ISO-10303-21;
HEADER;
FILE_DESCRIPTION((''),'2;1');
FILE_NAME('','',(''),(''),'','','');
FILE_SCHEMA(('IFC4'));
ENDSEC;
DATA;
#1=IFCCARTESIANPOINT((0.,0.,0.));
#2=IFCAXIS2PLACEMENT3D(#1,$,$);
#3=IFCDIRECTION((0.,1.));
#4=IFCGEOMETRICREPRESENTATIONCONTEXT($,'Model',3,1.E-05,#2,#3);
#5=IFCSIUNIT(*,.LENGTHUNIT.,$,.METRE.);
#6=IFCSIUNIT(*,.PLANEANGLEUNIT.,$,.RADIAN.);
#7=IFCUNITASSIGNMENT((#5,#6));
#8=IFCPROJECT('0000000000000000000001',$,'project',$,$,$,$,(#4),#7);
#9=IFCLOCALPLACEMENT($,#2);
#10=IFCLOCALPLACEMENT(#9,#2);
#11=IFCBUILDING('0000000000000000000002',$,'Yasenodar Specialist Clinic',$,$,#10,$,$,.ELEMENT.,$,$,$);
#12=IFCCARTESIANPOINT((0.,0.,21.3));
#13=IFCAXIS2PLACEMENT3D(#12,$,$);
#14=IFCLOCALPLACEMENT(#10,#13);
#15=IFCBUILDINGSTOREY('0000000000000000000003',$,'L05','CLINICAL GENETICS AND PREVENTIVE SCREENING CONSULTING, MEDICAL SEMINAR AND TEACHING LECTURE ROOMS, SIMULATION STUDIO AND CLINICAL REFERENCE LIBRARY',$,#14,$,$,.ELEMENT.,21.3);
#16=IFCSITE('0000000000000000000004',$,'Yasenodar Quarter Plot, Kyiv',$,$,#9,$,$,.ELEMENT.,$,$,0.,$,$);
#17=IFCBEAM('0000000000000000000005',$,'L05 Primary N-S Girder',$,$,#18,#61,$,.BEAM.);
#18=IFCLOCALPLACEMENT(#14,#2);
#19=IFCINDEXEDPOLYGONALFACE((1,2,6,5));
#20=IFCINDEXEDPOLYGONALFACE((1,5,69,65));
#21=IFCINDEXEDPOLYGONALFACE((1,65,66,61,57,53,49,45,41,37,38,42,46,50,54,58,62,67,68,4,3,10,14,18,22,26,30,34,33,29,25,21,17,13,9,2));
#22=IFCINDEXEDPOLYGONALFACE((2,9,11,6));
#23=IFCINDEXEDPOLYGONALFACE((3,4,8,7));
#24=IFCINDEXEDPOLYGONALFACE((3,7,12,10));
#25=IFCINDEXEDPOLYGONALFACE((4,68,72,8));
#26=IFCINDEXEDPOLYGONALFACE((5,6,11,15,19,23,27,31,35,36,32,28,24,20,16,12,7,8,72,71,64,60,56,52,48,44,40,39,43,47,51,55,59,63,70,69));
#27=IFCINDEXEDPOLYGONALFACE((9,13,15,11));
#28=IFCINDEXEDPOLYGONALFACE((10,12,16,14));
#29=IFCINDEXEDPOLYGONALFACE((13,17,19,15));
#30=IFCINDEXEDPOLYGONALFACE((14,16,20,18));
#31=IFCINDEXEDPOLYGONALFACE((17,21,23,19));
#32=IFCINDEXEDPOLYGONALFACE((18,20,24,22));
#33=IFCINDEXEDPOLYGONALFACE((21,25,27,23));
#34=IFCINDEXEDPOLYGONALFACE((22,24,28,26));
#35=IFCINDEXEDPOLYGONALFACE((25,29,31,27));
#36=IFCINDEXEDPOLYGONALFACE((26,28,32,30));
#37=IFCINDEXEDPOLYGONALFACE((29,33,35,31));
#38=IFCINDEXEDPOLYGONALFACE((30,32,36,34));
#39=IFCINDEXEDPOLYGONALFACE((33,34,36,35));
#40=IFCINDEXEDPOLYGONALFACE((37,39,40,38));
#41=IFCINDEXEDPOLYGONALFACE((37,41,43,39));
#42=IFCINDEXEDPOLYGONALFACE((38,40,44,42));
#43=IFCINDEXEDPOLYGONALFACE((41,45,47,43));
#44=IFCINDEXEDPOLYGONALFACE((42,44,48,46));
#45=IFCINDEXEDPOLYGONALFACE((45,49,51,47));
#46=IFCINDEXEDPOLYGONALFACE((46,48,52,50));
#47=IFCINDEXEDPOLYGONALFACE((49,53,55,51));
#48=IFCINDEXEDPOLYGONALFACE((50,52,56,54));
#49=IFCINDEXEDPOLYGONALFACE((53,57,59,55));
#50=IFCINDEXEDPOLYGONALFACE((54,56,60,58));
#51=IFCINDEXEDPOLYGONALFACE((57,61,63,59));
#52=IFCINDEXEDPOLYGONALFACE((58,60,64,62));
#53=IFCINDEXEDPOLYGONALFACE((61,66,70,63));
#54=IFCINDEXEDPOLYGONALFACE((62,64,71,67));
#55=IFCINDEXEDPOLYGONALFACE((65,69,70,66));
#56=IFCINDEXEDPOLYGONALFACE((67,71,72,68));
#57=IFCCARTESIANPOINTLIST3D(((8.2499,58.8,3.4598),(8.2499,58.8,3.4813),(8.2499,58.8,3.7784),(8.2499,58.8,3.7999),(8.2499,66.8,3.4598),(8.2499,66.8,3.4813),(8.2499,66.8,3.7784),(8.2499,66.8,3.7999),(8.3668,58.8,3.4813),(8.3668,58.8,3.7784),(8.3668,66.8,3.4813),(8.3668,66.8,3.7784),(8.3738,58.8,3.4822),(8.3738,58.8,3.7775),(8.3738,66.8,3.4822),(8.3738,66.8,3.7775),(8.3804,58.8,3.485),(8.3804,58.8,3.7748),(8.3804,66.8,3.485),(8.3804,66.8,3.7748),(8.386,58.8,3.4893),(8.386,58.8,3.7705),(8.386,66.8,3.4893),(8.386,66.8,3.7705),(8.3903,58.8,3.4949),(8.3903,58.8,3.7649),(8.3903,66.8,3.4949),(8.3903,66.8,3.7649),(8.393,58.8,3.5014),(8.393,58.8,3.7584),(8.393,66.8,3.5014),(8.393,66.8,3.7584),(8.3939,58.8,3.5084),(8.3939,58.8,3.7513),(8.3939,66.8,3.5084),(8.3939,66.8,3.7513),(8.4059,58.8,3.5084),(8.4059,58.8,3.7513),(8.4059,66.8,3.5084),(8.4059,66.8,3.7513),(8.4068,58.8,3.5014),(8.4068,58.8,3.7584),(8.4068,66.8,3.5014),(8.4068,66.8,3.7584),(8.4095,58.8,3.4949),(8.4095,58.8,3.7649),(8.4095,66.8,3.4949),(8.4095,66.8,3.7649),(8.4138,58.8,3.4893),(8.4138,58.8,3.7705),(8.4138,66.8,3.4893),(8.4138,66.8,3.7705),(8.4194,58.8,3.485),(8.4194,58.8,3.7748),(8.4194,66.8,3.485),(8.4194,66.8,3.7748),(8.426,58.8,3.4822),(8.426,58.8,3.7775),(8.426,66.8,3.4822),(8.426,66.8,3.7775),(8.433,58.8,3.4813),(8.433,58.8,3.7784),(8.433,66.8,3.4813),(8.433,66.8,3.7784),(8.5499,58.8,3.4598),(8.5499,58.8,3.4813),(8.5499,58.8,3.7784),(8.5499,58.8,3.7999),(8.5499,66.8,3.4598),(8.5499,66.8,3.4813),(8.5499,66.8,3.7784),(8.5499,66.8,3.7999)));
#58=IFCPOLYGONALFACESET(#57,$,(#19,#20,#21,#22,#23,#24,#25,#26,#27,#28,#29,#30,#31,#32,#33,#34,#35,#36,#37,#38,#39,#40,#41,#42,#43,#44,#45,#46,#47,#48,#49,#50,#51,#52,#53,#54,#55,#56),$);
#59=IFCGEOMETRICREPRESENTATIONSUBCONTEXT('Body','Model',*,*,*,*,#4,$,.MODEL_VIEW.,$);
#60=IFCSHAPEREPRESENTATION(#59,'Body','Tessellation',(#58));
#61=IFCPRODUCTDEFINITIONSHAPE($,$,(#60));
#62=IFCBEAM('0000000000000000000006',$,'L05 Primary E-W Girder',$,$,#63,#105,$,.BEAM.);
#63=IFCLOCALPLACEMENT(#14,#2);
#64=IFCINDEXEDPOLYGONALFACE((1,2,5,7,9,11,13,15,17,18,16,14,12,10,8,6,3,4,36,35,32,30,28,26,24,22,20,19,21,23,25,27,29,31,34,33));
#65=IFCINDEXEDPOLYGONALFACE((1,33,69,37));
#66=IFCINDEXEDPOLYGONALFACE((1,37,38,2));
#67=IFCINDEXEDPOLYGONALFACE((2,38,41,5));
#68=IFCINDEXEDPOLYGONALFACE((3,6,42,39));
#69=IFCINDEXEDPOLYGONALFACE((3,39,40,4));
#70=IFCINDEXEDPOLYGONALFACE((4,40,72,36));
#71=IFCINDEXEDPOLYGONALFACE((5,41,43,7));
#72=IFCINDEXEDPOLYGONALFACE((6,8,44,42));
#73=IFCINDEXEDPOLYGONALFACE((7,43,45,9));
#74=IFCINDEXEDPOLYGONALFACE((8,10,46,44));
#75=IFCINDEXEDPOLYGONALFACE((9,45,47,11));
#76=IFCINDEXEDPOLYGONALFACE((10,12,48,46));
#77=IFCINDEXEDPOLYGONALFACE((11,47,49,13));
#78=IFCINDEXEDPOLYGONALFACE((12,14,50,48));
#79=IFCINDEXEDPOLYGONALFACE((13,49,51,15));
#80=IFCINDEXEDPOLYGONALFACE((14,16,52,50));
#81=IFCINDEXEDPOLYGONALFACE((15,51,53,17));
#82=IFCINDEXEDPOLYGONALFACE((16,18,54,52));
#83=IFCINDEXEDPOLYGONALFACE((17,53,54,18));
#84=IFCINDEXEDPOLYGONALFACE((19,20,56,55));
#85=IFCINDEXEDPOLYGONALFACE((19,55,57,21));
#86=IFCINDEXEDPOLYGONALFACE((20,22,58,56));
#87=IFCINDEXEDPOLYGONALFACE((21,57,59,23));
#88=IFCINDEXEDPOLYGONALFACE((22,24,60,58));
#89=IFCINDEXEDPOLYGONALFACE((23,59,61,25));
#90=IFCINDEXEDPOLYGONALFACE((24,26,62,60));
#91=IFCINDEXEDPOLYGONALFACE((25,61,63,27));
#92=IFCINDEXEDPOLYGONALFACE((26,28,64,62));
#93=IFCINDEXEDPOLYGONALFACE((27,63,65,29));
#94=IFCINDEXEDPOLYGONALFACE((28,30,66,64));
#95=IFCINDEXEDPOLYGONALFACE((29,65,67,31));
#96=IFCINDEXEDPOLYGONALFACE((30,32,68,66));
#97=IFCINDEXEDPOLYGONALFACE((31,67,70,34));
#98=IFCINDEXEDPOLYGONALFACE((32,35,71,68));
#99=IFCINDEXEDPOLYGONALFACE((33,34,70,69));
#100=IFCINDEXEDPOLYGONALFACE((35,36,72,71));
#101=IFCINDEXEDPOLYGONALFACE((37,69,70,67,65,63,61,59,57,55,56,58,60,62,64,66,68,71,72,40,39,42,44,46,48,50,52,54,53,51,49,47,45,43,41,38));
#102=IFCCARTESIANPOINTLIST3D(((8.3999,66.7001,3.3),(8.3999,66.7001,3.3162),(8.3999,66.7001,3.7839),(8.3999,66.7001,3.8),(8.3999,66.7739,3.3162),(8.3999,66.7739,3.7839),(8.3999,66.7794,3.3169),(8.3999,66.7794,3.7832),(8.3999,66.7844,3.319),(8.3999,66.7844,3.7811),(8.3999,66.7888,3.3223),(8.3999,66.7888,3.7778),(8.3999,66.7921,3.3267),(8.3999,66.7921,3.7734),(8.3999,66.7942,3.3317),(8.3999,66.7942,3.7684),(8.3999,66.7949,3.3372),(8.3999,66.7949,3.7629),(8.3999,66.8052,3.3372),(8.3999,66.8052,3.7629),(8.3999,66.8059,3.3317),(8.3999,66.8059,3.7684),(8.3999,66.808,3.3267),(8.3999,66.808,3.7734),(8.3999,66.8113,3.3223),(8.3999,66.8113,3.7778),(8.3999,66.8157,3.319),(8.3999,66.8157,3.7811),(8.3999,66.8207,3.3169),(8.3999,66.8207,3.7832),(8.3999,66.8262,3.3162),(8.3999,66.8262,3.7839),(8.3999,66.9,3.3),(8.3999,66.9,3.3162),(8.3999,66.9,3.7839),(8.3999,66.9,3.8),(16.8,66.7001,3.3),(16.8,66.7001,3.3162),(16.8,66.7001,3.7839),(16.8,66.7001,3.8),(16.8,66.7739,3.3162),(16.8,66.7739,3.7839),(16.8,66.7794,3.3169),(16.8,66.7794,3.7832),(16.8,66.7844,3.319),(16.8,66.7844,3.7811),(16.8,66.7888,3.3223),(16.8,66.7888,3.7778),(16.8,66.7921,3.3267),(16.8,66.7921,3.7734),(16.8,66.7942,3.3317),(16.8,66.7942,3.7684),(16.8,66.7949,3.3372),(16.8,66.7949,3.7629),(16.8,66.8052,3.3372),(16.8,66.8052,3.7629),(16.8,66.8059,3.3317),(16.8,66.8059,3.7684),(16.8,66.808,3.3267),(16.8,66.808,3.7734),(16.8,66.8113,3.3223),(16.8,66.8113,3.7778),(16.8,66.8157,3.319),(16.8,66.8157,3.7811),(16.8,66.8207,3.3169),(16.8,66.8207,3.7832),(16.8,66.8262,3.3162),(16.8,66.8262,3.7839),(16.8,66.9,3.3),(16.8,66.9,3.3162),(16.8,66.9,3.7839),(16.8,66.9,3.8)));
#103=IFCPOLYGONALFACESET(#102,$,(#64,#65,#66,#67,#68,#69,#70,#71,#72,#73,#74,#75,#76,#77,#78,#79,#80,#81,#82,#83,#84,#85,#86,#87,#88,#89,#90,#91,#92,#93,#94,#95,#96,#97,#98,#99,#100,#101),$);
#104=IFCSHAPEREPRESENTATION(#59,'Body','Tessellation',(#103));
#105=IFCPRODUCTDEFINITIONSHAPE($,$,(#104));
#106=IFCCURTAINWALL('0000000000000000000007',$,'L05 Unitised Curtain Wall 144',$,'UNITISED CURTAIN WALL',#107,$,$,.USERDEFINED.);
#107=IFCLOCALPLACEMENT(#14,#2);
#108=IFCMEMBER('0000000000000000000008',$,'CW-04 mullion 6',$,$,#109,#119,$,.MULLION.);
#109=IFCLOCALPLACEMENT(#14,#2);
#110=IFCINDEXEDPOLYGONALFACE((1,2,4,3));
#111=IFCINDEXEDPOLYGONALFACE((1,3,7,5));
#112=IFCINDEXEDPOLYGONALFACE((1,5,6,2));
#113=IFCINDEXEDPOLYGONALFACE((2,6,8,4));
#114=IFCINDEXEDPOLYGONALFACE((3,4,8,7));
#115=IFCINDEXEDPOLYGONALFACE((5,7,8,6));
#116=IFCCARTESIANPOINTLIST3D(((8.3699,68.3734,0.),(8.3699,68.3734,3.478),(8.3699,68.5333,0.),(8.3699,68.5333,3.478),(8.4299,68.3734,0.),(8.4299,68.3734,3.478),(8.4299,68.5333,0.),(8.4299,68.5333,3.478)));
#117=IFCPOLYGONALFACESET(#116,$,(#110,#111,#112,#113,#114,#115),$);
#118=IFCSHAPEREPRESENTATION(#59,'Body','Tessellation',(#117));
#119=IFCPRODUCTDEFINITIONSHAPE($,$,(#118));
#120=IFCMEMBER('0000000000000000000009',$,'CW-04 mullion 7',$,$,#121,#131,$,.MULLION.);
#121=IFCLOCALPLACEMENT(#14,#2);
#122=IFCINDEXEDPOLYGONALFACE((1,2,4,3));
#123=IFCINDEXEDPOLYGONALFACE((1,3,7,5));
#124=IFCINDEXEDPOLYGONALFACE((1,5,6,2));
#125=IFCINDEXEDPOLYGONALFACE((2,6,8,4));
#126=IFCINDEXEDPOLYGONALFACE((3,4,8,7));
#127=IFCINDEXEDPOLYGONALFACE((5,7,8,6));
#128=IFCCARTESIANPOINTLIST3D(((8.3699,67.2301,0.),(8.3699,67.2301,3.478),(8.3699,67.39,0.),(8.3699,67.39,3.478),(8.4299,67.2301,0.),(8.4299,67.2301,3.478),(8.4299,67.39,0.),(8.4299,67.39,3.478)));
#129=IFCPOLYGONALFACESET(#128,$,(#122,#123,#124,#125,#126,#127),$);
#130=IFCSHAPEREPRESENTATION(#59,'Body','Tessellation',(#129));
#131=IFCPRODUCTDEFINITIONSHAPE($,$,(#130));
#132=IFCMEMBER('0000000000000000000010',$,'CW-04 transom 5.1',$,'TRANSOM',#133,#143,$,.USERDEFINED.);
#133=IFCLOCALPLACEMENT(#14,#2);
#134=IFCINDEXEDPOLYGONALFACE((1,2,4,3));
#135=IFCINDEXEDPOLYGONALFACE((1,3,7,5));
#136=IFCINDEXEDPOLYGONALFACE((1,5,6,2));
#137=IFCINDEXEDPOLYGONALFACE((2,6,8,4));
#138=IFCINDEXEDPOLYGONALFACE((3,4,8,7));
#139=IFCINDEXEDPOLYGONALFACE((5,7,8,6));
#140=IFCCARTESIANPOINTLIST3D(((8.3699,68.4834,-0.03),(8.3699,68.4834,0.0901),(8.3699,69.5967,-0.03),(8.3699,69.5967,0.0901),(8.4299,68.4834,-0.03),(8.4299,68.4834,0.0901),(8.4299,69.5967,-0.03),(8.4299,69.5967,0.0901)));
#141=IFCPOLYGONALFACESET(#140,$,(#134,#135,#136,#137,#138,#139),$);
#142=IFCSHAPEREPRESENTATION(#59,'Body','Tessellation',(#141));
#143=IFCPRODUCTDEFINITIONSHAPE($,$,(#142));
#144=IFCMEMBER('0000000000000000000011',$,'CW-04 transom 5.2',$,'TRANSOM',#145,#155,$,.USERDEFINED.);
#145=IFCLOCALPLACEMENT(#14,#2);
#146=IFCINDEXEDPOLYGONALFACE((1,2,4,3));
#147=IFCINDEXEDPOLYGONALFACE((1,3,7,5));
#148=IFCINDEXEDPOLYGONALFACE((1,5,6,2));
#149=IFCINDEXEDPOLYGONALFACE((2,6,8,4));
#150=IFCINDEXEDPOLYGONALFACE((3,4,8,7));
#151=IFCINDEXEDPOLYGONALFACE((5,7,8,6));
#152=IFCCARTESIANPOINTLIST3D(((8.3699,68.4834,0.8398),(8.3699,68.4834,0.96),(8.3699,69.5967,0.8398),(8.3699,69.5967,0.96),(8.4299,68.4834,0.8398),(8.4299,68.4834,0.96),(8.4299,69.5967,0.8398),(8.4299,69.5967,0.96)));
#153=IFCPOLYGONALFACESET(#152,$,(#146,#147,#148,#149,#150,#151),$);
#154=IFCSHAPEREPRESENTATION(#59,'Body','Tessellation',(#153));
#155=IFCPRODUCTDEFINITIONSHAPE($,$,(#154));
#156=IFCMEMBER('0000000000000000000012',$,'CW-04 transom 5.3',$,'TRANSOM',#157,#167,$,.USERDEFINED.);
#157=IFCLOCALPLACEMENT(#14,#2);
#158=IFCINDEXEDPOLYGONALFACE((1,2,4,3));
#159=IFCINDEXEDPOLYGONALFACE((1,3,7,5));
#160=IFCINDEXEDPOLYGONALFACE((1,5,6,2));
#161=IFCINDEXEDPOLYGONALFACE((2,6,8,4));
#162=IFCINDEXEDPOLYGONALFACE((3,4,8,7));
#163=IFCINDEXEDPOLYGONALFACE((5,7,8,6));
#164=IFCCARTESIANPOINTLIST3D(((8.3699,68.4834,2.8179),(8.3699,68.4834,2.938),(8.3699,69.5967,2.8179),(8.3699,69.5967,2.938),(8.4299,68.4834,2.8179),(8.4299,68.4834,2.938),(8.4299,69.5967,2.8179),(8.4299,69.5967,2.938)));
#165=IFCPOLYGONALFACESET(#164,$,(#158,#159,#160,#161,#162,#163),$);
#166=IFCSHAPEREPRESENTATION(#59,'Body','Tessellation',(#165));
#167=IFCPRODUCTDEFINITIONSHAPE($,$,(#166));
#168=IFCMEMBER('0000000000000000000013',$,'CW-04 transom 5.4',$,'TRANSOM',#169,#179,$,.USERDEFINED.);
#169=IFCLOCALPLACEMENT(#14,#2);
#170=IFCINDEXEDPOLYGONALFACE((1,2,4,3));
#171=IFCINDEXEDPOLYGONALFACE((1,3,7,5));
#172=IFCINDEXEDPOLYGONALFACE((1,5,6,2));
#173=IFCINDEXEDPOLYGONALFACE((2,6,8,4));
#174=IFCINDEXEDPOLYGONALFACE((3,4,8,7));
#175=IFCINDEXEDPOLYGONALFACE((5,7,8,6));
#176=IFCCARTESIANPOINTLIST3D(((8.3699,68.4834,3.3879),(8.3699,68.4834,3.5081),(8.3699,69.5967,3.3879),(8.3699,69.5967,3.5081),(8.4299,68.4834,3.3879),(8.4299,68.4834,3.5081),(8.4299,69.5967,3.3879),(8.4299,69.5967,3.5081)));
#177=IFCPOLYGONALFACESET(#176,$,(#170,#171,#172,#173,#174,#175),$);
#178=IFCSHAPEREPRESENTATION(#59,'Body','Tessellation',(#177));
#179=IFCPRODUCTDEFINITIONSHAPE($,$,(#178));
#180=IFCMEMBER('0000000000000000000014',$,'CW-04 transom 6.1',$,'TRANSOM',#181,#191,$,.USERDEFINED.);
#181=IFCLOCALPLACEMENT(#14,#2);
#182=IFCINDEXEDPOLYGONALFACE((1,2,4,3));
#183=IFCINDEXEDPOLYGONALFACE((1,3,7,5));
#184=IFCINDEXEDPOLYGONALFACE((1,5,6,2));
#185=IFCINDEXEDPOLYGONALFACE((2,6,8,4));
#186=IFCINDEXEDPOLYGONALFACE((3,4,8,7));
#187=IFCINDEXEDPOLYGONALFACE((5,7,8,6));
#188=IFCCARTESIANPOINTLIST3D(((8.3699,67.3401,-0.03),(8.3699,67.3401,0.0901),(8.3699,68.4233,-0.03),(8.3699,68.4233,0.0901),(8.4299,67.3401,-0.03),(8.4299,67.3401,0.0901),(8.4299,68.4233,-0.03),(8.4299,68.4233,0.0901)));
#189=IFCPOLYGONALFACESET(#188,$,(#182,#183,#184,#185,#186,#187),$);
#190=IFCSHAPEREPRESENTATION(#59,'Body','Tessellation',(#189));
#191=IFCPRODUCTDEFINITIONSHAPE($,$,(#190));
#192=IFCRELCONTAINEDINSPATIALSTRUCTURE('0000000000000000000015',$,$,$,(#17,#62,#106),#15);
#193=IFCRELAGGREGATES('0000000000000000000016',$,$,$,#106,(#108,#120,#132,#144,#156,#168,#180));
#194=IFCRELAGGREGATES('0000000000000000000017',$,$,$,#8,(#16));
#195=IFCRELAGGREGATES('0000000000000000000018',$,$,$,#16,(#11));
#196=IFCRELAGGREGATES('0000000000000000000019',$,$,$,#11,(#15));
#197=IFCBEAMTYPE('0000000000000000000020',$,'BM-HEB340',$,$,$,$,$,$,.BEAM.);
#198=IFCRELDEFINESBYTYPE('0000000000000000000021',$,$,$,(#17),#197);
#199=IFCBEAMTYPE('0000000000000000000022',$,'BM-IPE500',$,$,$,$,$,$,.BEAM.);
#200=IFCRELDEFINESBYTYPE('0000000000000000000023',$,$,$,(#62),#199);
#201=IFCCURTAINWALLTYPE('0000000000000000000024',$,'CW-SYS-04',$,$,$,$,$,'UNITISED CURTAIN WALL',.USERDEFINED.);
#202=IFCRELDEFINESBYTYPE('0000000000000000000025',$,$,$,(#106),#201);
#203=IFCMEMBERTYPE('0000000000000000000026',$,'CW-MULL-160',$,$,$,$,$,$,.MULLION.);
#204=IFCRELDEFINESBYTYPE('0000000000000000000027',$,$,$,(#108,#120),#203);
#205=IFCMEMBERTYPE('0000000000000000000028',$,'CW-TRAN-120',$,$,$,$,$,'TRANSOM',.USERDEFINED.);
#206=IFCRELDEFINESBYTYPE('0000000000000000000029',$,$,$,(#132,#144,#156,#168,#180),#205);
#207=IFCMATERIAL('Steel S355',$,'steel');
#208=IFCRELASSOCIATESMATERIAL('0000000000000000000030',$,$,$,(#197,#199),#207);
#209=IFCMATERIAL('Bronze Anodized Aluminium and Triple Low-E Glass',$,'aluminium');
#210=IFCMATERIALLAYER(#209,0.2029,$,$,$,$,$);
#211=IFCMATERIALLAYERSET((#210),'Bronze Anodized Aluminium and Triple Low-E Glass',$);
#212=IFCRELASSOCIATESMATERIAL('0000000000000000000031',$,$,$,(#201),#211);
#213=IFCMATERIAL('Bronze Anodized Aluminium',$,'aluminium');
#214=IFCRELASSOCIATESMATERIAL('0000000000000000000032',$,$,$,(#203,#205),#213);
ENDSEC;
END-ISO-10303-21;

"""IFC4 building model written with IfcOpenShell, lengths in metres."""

from ifc_helpers import new_model, si_unit, direction, frame, origin, origin_2d, place, context, subcontext, project, spatial, rectangle, i_section, extrude, material, layer, layer_set, material_profile, profile_set, type_object, element, aggregate, save


model = new_model("IFC4")

# Units and contexts
model_context = context("Model", 3, precision=1e-05, world=origin(), true_north=direction((0.0, 1.0)))
body_context = subcontext(model_context, "Body", "Model", "MODEL_VIEW")
ifc_project = project(units=[si_unit("LENGTHUNIT", "METRE"), si_unit("PLANEANGLEUNIT", "RADIAN")], contexts=[model_context])

# Site, building, storey
site_placement = place(None, origin())
site = spatial("IfcSite", under=ifc_project, at=site_placement, Name="Yasenodar Quarter Plot, Kyiv", CompositionType="ELEMENT", RefElevation=0.0)
building_placement = place(site_placement, origin())
building = spatial("IfcBuilding", under=site, at=building_placement, Name="Yasenodar Specialist Clinic", CompositionType="ELEMENT")
storey_placement = place(building_placement, frame((0.0, 0.0, 21.3)))
storey = spatial("IfcBuildingStorey", under=building, at=storey_placement, Name="L05", Description="CLINICAL GENETICS AND PREVENTIVE SCREENING CONSULTING, MEDICAL SEMINAR AND TEACHING LECTURE ROOMS, SIMULATION STUDIO AND CLINICAL REFERENCE LIBRARY", CompositionType="ELEMENT", Elevation=21.3)

# Shared definitions
ifc_material_1 = material(Name="Steel S355", Category="steel")

# Beams
ifc_material_profile_1 = material_profile(ifc_material_1, i_section(OverallWidth=0.3, OverallDepth=0.3401, WebThickness=0.012, FlangeThickness=0.0215, FilletRadius=0.0271, at=origin_2d()), Name="HEB 340")
ifc_profile_set_1 = profile_set([ifc_material_profile_1], Name="Steel S355")
beam_type_1 = type_object("IfcBeamType", Name="BM-HEB340", PredefinedType="BEAM", material=ifc_profile_set_1)
beam_1_placement = place(storey_placement, frame((8.3999, 58.8, 3.6299), z_axis=(0.0, 1.0, 0.0), x_axis=(-1.0, 0.0, 0.0)))
element("IfcBeam", 1, at=beam_1_placement, inside=storey, type_object=beam_type_1, Name="L05 Primary N-S Girder", PredefinedType="BEAM", context=body_context, shape_type="SweptSolid", body=[
    extrude(i_section(OverallWidth=0.3, OverallDepth=0.3401, WebThickness=0.012, FlangeThickness=0.0215, FilletRadius=0.0271, at=origin_2d()), origin(), (0.0, 0.0, 1.0), 8.0),
])
ifc_material_profile_2 = material_profile(ifc_material_1, i_section(OverallWidth=0.2, OverallDepth=0.5, WebThickness=0.0103, FlangeThickness=0.0161, FilletRadius=0.021, at=origin_2d()), Name="IPE 500")
ifc_profile_set_2 = profile_set([ifc_material_profile_2], Name="Steel S355")
beam_type_2 = type_object("IfcBeamType", Name="BM-IPE500", PredefinedType="BEAM", material=ifc_profile_set_2)
beam_2_placement = place(storey_placement, frame((8.3999, 66.8, 3.55), z_axis=(1.0, 0.0, 0.0), x_axis=(0.0, 1.0, 0.0)))
element("IfcBeam", 2, at=beam_2_placement, inside=storey, type_object=beam_type_2, Name="L05 Primary E-W Girder", PredefinedType="BEAM", context=body_context, shape_type="SweptSolid", body=[
    extrude(i_section(OverallWidth=0.2, OverallDepth=0.5, WebThickness=0.0103, FlangeThickness=0.0161, FilletRadius=0.021, at=origin_2d()), origin(), (0.0, 0.0, 1.0), 8.4001),
])

# Curtain wall, members
ifc_material_2 = material(Name="Bronze Anodized Aluminium and Triple Low-E Glass", Category="aluminium")
ifc_layer_1 = layer(ifc_material_2, 0.2029)
ifc_layer_set_1 = layer_set([ifc_layer_1], Name="Bronze Anodized Aluminium and Triple Low-E Glass")
curtain_wall_type = type_object("IfcCurtainWallType", Name="CW-SYS-04", ElementType="UNITISED CURTAIN WALL", PredefinedType="USERDEFINED", material=ifc_layer_set_1)
curtain_wall_placement = place(storey_placement, origin())
curtain_wall = element("IfcCurtainWall", 3, at=curtain_wall_placement, inside=storey, type_object=curtain_wall_type, Name="L05 Unitised Curtain Wall 144", ObjectType="UNITISED CURTAIN WALL", PredefinedType="USERDEFINED")
ifc_material_3 = material(Name="Bronze Anodized Aluminium", Category="aluminium")
ifc_material_profile_3 = material_profile(ifc_material_3, rectangle(XDim=0.0601, YDim=0.1599, at=origin_2d()), Name="CW-MULL 60x160")
ifc_profile_set_3 = profile_set([ifc_material_profile_3], Name="Bronze Anodized Aluminium")
member_type_1 = type_object("IfcMemberType", Name="CW-MULL-160", PredefinedType="MULLION", material=ifc_profile_set_3)
member_1_placement = place(storey_placement, frame((8.3999, 68.4534, 0.0), z_axis=(0.0, 0.0, 1.0), x_axis=(1.0, 0.0, 0.0)))
member_1 = element("IfcMember", 4, at=member_1_placement, type_object=member_type_1, Name="CW-04 mullion 6", PredefinedType="MULLION", context=body_context, shape_type="SweptSolid", body=[
    extrude(rectangle(XDim=0.0601, YDim=0.1599, at=origin_2d()), origin(), (0.0, 0.0, 1.0), 3.478),
])
member_2_placement = place(storey_placement, frame((8.3999, 67.3101, 0.0), z_axis=(0.0, 0.0, 1.0), x_axis=(1.0, 0.0, 0.0)))
member_2 = element("IfcMember", 5, at=member_2_placement, type_object=member_type_1, Name="CW-04 mullion 7", PredefinedType="MULLION", context=body_context, shape_type="SweptSolid", body=[
    extrude(rectangle(XDim=0.0601, YDim=0.1599, at=origin_2d()), origin(), (0.0, 0.0, 1.0), 3.478),
])
ifc_material_profile_4 = material_profile(ifc_material_3, rectangle(XDim=0.0601, YDim=0.1201, at=origin_2d()), Name="CW-TRAN 60x120")
ifc_profile_set_4 = profile_set([ifc_material_profile_4], Name="Bronze Anodized Aluminium")
member_type_2 = type_object("IfcMemberType", Name="CW-TRAN-120", ElementType="TRANSOM", PredefinedType="USERDEFINED", material=ifc_profile_set_4)
member_3_placement = place(storey_placement, frame((8.3999, 69.5967, 0.03), z_axis=(0.0, -1.0, 0.0), x_axis=(1.0, 0.0, 0.0)))
member_3 = element("IfcMember", 6, at=member_3_placement, type_object=member_type_2, Name="CW-04 transom 5.1", ObjectType="TRANSOM", PredefinedType="USERDEFINED", context=body_context, shape_type="SweptSolid", body=[
    extrude(rectangle(XDim=0.0601, YDim=0.1201, at=origin_2d()), origin(), (0.0, 0.0, 1.0), 1.1133),
])
member_4_placement = place(storey_placement, frame((8.3999, 69.5967, 0.8999), z_axis=(0.0, -1.0, 0.0), x_axis=(1.0, 0.0, 0.0)))
member_4 = element("IfcMember", 7, at=member_4_placement, type_object=member_type_2, Name="CW-04 transom 5.2", ObjectType="TRANSOM", PredefinedType="USERDEFINED", context=body_context, shape_type="SweptSolid", body=[
    extrude(rectangle(XDim=0.0601, YDim=0.1201, at=origin_2d()), origin(), (0.0, 0.0, 1.0), 1.1133),
])
member_5_placement = place(storey_placement, frame((8.3999, 69.5967, 2.8779), z_axis=(0.0, -1.0, 0.0), x_axis=(1.0, 0.0, 0.0)))
member_5 = element("IfcMember", 8, at=member_5_placement, type_object=member_type_2, Name="CW-04 transom 5.3", ObjectType="TRANSOM", PredefinedType="USERDEFINED", context=body_context, shape_type="SweptSolid", body=[
    extrude(rectangle(XDim=0.0601, YDim=0.1201, at=origin_2d()), origin(), (0.0, 0.0, 1.0), 1.1133),
])
member_6_placement = place(storey_placement, frame((8.3999, 69.5967, 3.448), z_axis=(0.0, -1.0, 0.0), x_axis=(1.0, 0.0, 0.0)))
member_6 = element("IfcMember", 9, at=member_6_placement, type_object=member_type_2, Name="CW-04 transom 5.4", ObjectType="TRANSOM", PredefinedType="USERDEFINED", context=body_context, shape_type="SweptSolid", body=[
    extrude(rectangle(XDim=0.0601, YDim=0.1201, at=origin_2d()), origin(), (0.0, 0.0, 1.0), 1.1133),
])
member_7_placement = place(storey_placement, frame((8.3999, 68.4233, 0.03), z_axis=(0.0, -1.0, 0.0), x_axis=(1.0, 0.0, 0.0)))
member_7 = element("IfcMember", 10, at=member_7_placement, type_object=member_type_2, Name="CW-04 transom 6.1", ObjectType="TRANSOM", PredefinedType="USERDEFINED", context=body_context, shape_type="SweptSolid", body=[
    extrude(rectangle(XDim=0.0601, YDim=0.1201, at=origin_2d()), origin(), (0.0, 0.0, 1.0), 1.0833),
])

aggregate(curtain_wall, [member_1, member_2, member_3, member_4, member_5, member_6, member_7])

save(model, "model.ifc")
